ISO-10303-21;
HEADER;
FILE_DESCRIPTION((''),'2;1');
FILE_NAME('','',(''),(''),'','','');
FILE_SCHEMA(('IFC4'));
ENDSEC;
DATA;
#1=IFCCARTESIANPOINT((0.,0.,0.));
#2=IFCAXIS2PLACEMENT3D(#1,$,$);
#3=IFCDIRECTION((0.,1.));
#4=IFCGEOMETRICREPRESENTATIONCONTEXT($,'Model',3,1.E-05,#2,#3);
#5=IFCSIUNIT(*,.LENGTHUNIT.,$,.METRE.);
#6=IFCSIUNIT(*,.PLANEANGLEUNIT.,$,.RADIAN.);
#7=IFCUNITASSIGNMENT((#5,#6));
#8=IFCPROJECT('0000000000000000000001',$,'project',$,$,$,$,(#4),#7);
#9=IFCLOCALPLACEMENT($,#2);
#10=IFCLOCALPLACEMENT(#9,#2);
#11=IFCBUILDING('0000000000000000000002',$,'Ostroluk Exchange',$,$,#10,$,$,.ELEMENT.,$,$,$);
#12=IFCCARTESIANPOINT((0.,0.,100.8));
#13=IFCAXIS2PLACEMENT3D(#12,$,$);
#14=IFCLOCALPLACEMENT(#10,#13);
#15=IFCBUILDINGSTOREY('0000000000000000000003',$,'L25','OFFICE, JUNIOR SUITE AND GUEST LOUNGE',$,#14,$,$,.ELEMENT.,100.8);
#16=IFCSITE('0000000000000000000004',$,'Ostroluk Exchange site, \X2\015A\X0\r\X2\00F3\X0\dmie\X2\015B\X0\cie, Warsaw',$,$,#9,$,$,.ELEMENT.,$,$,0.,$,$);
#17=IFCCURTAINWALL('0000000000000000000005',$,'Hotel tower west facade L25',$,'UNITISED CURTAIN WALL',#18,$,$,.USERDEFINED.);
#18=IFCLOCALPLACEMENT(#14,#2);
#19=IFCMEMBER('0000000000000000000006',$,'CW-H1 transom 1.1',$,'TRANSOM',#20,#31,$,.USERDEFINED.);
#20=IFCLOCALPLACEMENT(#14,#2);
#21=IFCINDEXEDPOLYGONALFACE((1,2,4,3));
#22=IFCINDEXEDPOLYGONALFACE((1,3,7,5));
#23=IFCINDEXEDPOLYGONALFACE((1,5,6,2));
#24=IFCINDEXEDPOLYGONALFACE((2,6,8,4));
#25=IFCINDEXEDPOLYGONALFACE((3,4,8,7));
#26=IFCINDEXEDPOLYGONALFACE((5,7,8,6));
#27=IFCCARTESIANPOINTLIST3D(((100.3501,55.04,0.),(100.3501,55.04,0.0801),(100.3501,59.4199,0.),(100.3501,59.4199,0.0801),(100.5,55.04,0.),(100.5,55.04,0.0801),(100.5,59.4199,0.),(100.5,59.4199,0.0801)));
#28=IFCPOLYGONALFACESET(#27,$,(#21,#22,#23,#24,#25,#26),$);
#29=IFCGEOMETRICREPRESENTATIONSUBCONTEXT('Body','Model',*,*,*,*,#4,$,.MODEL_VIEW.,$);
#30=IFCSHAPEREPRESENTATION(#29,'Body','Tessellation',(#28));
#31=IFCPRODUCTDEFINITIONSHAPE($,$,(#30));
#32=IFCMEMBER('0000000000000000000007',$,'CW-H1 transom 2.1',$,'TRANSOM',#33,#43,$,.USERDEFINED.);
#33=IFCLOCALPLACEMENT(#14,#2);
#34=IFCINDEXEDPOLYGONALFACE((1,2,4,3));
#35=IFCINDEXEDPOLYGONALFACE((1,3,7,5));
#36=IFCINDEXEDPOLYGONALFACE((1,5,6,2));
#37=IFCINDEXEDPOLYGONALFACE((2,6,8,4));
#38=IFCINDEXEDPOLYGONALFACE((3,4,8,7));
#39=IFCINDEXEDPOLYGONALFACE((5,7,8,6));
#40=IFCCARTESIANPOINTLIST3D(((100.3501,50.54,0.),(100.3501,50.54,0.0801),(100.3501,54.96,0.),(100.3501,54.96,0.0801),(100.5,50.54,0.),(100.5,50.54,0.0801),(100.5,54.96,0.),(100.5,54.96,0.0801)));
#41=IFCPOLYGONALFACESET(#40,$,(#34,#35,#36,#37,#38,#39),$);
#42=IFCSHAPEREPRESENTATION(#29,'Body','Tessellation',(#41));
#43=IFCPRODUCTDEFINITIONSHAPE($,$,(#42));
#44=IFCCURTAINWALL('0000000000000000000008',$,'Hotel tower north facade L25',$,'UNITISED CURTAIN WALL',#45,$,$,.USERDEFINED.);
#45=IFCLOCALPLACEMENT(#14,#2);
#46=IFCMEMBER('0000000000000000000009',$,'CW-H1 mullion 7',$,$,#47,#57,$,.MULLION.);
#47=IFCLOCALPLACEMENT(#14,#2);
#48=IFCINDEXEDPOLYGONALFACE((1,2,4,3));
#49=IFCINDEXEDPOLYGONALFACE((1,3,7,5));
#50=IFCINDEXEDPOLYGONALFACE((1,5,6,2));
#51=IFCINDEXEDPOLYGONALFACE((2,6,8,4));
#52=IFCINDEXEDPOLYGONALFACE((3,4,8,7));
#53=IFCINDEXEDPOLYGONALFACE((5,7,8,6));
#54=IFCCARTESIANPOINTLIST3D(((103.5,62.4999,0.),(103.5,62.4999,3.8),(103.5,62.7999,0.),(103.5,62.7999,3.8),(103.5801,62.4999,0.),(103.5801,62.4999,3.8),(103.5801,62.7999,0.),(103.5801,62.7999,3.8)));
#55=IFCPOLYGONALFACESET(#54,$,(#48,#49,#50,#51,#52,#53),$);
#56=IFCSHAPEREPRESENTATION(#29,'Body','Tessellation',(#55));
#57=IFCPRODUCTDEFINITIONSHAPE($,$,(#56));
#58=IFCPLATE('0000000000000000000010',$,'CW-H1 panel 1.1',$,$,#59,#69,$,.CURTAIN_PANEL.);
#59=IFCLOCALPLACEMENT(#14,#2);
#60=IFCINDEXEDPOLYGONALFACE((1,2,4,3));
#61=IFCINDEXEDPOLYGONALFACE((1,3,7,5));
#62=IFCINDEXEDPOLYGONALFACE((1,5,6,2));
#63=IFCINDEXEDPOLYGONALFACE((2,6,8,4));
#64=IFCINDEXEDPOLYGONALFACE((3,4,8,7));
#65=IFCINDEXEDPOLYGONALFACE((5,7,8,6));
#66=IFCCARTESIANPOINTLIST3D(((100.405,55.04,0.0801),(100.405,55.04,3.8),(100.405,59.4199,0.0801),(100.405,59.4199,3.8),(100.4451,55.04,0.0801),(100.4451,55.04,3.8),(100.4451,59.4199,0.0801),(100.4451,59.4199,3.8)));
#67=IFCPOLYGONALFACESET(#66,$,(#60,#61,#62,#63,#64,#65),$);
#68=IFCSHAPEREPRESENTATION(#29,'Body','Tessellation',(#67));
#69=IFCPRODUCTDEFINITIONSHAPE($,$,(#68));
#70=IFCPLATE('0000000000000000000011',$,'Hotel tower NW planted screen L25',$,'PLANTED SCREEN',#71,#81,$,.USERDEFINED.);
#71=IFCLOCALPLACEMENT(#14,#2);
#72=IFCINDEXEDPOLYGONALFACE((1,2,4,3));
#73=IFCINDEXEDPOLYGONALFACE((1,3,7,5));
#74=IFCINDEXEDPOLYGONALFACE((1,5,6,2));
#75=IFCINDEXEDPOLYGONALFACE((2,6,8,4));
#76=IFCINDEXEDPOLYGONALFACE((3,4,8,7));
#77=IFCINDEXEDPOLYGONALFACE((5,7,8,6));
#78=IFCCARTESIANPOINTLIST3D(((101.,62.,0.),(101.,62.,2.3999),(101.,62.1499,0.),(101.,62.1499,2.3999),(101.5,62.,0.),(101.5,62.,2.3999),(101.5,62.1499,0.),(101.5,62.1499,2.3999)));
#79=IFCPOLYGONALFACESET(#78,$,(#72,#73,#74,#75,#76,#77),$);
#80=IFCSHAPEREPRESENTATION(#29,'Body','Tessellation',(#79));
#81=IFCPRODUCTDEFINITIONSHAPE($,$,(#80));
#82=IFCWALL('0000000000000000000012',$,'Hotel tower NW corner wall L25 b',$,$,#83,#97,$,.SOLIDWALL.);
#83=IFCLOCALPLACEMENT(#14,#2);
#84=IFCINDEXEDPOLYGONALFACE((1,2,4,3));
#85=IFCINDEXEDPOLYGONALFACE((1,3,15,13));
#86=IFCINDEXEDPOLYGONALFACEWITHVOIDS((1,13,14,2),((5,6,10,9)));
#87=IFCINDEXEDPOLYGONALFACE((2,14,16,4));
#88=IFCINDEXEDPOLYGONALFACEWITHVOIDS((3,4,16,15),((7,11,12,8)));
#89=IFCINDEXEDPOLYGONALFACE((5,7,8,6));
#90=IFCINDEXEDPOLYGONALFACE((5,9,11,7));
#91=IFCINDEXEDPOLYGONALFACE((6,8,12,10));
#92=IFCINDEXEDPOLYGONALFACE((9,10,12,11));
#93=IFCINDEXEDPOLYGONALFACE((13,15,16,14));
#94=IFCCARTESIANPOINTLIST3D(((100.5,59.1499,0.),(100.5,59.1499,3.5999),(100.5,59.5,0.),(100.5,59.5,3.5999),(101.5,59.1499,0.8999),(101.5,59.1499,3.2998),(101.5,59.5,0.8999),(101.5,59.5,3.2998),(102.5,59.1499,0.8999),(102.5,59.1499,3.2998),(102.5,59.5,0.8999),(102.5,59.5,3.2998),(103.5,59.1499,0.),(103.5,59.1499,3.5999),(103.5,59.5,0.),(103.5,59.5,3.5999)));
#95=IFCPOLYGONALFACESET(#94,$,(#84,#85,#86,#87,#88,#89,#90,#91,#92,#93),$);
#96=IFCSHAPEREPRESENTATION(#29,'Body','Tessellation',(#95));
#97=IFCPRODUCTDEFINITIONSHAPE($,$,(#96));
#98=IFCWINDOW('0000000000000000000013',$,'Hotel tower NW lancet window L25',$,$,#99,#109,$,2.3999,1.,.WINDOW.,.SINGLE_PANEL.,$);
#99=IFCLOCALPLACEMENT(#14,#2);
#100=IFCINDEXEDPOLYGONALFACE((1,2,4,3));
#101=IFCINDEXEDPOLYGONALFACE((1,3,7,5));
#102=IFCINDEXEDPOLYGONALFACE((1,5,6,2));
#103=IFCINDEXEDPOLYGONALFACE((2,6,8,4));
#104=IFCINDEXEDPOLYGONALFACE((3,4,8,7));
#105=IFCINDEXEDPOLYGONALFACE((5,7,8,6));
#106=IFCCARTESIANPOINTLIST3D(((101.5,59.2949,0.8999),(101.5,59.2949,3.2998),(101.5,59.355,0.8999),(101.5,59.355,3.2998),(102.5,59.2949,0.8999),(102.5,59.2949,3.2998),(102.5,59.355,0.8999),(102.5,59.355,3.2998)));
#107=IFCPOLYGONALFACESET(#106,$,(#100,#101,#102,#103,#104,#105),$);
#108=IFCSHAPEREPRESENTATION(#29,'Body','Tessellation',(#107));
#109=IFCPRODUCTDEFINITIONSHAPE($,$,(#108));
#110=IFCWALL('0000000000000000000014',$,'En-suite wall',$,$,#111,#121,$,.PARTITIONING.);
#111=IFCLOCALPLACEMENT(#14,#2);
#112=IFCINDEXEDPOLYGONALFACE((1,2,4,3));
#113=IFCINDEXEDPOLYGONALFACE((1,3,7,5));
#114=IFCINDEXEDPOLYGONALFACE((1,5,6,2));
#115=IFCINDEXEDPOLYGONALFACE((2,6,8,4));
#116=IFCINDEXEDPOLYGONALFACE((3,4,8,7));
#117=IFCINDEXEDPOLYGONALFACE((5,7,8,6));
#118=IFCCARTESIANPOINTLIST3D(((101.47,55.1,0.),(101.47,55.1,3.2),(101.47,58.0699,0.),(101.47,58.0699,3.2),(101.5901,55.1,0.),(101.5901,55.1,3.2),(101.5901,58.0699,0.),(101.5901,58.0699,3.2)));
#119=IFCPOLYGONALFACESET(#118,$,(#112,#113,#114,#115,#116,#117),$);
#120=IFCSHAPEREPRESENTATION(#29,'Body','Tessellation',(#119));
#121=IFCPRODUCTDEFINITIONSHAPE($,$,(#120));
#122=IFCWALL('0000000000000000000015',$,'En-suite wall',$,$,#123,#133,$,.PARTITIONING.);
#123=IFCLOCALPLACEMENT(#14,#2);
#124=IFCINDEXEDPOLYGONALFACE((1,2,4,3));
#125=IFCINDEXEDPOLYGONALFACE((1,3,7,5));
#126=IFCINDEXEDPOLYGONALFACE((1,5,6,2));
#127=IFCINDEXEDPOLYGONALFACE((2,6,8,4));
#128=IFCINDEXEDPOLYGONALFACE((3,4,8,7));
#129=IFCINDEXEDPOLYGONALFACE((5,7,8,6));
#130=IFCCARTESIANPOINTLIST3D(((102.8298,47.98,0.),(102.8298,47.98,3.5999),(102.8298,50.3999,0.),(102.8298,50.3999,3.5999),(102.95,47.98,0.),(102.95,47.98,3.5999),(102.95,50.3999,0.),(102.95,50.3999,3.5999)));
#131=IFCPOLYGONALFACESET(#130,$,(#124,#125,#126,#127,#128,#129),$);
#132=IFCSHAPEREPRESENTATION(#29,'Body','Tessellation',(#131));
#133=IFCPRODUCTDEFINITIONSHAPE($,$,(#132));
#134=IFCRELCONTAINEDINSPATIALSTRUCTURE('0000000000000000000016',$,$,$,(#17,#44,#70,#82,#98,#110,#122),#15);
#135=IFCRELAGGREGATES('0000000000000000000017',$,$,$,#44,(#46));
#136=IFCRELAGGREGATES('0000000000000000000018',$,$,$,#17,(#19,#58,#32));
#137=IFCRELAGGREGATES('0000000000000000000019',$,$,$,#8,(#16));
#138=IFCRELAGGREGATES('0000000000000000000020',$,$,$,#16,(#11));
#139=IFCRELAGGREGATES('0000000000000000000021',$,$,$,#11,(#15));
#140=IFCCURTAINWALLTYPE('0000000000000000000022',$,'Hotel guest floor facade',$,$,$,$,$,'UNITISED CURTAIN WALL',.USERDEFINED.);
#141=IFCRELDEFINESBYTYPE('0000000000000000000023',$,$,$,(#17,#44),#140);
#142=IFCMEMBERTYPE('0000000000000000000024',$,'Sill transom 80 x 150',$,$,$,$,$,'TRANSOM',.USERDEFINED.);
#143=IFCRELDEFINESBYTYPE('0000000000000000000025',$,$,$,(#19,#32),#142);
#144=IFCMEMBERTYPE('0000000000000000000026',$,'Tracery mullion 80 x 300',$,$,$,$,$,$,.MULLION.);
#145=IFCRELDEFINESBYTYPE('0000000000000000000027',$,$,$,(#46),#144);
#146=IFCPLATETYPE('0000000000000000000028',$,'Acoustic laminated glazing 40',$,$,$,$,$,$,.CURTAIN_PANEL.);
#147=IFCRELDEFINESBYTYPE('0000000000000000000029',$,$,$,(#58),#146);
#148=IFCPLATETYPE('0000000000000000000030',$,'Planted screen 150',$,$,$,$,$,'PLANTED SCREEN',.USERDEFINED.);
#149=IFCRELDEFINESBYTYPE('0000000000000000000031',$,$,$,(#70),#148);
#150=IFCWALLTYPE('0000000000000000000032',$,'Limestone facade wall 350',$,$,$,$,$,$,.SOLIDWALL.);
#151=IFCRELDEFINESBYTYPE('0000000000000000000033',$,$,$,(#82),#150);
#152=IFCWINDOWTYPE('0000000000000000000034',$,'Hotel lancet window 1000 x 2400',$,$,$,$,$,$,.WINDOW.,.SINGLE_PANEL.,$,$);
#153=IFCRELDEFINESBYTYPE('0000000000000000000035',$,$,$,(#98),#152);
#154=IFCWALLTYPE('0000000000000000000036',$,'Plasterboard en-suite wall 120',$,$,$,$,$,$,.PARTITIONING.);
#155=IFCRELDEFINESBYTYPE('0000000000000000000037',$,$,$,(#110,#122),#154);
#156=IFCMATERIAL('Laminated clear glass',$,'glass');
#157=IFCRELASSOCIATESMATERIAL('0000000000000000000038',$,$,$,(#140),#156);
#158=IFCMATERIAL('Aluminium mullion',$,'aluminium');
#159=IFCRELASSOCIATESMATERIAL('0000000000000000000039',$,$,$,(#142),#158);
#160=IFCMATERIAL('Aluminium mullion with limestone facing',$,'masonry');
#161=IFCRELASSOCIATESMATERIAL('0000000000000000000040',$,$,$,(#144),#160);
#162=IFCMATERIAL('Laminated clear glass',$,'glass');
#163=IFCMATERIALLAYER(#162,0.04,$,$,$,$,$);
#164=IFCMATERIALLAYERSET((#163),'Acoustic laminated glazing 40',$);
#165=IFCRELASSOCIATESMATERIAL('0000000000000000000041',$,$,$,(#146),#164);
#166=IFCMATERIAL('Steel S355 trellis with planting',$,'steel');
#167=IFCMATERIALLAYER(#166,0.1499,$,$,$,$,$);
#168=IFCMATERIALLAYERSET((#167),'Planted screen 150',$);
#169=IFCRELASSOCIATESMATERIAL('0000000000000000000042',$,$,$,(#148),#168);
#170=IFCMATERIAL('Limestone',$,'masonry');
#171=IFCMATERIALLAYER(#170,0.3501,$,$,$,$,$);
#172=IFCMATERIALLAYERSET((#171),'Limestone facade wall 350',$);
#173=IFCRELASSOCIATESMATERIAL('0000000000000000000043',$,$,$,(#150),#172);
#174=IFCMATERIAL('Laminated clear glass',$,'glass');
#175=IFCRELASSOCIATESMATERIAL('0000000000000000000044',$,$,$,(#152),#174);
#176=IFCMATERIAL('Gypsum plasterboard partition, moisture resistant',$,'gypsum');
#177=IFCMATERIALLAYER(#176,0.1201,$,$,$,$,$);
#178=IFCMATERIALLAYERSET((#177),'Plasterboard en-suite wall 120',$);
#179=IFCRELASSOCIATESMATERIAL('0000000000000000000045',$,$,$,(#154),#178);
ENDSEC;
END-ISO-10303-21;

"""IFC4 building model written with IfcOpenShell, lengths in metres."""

from ifc_helpers import new_model, si_unit, direction, frame, frame_2d, origin, origin_2d, place, context, subcontext, project, spatial, rectangle, extrude, material, layer, layer_set, material_profile, profile_set, type_object, element, fill, aggregate, save


model = new_model("IFC4")

# Units and contexts
model_context = context("Model", 3, precision=1e-05, world=origin(), true_north=direction((0.0, 1.0)))
body_context = subcontext(model_context, "Body", "Model", "MODEL_VIEW")
ifc_project = project(units=[si_unit("LENGTHUNIT", "METRE"), si_unit("PLANEANGLEUNIT", "RADIAN")], contexts=[model_context])

# Site, building, storey
site_placement = place(None, origin())
site = spatial("IfcSite", under=ifc_project, at=site_placement, Name="Ostroluk Exchange site, Śródmieście, Warsaw", CompositionType="ELEMENT", RefElevation=0.0)
building_placement = place(site_placement, origin())
building = spatial("IfcBuilding", under=site, at=building_placement, Name="Ostroluk Exchange", CompositionType="ELEMENT")
storey_placement = place(building_placement, frame((0.0, 0.0, 100.8)))
storey = spatial("IfcBuildingStorey", under=building, at=storey_placement, Name="L25", Description="OFFICE, JUNIOR SUITE AND GUEST LOUNGE", CompositionType="ELEMENT", Elevation=100.8)

# Curtain wall, members
ifc_material_1 = material(Name="Laminated clear glass", Category="glass")
curtain_wall_type = type_object("IfcCurtainWallType", Name="Hotel guest floor facade", ElementType="UNITISED CURTAIN WALL", PredefinedType="USERDEFINED", material=ifc_material_1)
curtain_wall_1_placement = place(storey_placement, origin())
curtain_wall_1 = element("IfcCurtainWall", 1, at=curtain_wall_1_placement, inside=storey, type_object=curtain_wall_type, Name="Hotel tower west facade L25", ObjectType="UNITISED CURTAIN WALL", PredefinedType="USERDEFINED")
ifc_material_2 = material(Name="Aluminium mullion", Category="aluminium")
ifc_material_profile_1 = material_profile(ifc_material_2, rectangle(XDim=0.1499, YDim=0.0801, at=origin_2d()), Name="Sill transom 80 x 150")
ifc_profile_set_1 = profile_set([ifc_material_profile_1], Name="Aluminium mullion")
member_type_1 = type_object("IfcMemberType", Name="Sill transom 80 x 150", ElementType="TRANSOM", PredefinedType="USERDEFINED", material=ifc_profile_set_1)
member_1_placement = place(storey_placement, frame((100.425, 59.4199, 0.04), z_axis=(0.0, -1.0, 0.0), x_axis=(1.0, 0.0, 0.0)))
member_1 = element("IfcMember", 2, at=member_1_placement, type_object=member_type_1, Name="CW-H1 transom 1.1", ObjectType="TRANSOM", PredefinedType="USERDEFINED", context=body_context, shape_type="SweptSolid", body=[
    extrude(rectangle(XDim=0.1499, YDim=0.0801, at=origin_2d()), origin(), (0.0, 0.0, 1.0), 4.3799),
])
member_2_placement = place(storey_placement, frame((100.425, 54.96, 0.04), z_axis=(0.0, -1.0, 0.0), x_axis=(1.0, 0.0, 0.0)))
member_2 = element("IfcMember", 3, at=member_2_placement, type_object=member_type_1, Name="CW-H1 transom 2.1", ObjectType="TRANSOM", PredefinedType="USERDEFINED", context=body_context, shape_type="SweptSolid", body=[
    extrude(rectangle(XDim=0.1499, YDim=0.0801, at=origin_2d()), origin(), (0.0, 0.0, 1.0), 4.4199),
])

# Curtain wall, member
curtain_wall_2_placement = place(storey_placement, origin())
curtain_wall_2 = element("IfcCurtainWall", 4, at=curtain_wall_2_placement, inside=storey, type_object=curtain_wall_type, Name="Hotel tower north facade L25", ObjectType="UNITISED CURTAIN WALL", PredefinedType="USERDEFINED")
ifc_material_3 = material(Name="Aluminium mullion with limestone facing", Category="masonry")
ifc_material_profile_2 = material_profile(ifc_material_3, rectangle(XDim=0.3, YDim=0.0801, at=origin_2d()), Name="Tracery mullion 80 x 300")
ifc_profile_set_2 = profile_set([ifc_material_profile_2], Name="Aluminium mullion with limestone facing")
member_type_2 = type_object("IfcMemberType", Name="Tracery mullion 80 x 300", PredefinedType="MULLION", material=ifc_profile_set_2)
member_3_placement = place(storey_placement, frame((103.54, 62.6499, 0.0), z_axis=(0.0, 0.0, 1.0), x_axis=(0.0, -1.0, 0.0)))
member_3 = element("IfcMember", 5, at=member_3_placement, type_object=member_type_2, Name="CW-H1 mullion 7", PredefinedType="MULLION", context=body_context, shape_type="SweptSolid", body=[
    extrude(rectangle(XDim=0.3, YDim=0.0801, at=origin_2d()), origin(), (0.0, 0.0, 1.0), 3.8),
])
aggregate(curtain_wall_2, [member_3])

# Plates
ifc_material_4 = material(Name="Laminated clear glass", Category="glass")
ifc_layer_1 = layer(ifc_material_4, 0.04)
ifc_layer_set_1 = layer_set([ifc_layer_1], Name="Acoustic laminated glazing 40")
plate_type_1 = type_object("IfcPlateType", Name="Acoustic laminated glazing 40", PredefinedType="CURTAIN_PANEL", material=ifc_layer_set_1)
plate_1_placement = place(storey_placement, frame((100.425, 57.23, 0.0801), z_axis=(0.0, 0.0, 1.0), x_axis=(0.0, -1.0, 0.0)))
plate_1 = element("IfcPlate", 6, at=plate_1_placement, type_object=plate_type_1, Name="CW-H1 panel 1.1", PredefinedType="CURTAIN_PANEL", context=body_context, shape_type="SweptSolid", body=[
    extrude(rectangle(XDim=4.3799, YDim=0.04, at=origin_2d()), origin(), (0.0, 0.0, 1.0), 3.72),
])
aggregate(curtain_wall_1, [member_1, plate_1, member_2])
ifc_material_5 = material(Name="Steel S355 trellis with planting", Category="steel")
ifc_layer_2 = layer(ifc_material_5, 0.1499)
ifc_layer_set_2 = layer_set([ifc_layer_2], Name="Planted screen 150")
plate_type_2 = type_object("IfcPlateType", Name="Planted screen 150", ElementType="PLANTED SCREEN", PredefinedType="USERDEFINED", material=ifc_layer_set_2)
plate_2_placement = place(storey_placement, frame((101.25, 62.075, 0.0), z_axis=(0.0, 0.0, 1.0), x_axis=(1.0, 0.0, 0.0)))
element("IfcPlate", 7, at=plate_2_placement, inside=storey, type_object=plate_type_2, Name="Hotel tower NW planted screen L25", ObjectType="PLANTED SCREEN", PredefinedType="USERDEFINED", context=body_context, shape_type="SweptSolid", body=[
    extrude(rectangle(XDim=0.5, YDim=0.1499, at=origin_2d()), origin(), (0.0, 0.0, 1.0), 2.3999),
])

# Shared definitions
ifc_material_6 = material(Name="Limestone", Category="masonry")
ifc_layer_3 = layer(ifc_material_6, 0.3501)
ifc_layer_set_3 = layer_set([ifc_layer_3], Name="Limestone facade wall 350")
wall_type_1 = type_object("IfcWallType", Name="Limestone facade wall 350", PredefinedType="SOLIDWALL", material=ifc_layer_set_3)

# Wall, opening, window
wall_1_placement = place(storey_placement, frame((103.5, 59.325, 0.0), z_axis=(0.0, 0.0, 1.0), x_axis=(-1.0, 0.0, 0.0)))
wall_1 = element("IfcWall", 8, at=wall_1_placement, inside=storey, type_object=wall_type_1, Name="Hotel tower NW corner wall L25 b", PredefinedType="SOLIDWALL", context=body_context, shape_type="SweptSolid", body=[
    extrude(rectangle(XDim=3.0, YDim=0.3501, at=frame_2d((1.5, 0.0))), origin(), (0.0, 0.0, 1.0), 3.5999),
])
opening_1_placement = place(wall_1_placement, frame((1.0, 0.0, 0.8999)))
opening_1 = element("IfcOpeningElement", 9, at=opening_1_placement, cuts=wall_1, PredefinedType="OPENING", context=body_context, shape_type="SweptSolid", body=[
    extrude(rectangle(XDim=1.0, YDim=2.3999, at=frame_2d((0.5, 1.2))), frame((0.0, 0.1851, 0.0), z_axis=(0.0, -1.0, 0.0), x_axis=(1.0, 0.0, 0.0)), (0.0, 0.0, 1.0), 0.3701),
])
ifc_material_7 = material(Name="Laminated clear glass", Category="glass")
window_type = type_object("IfcWindowType", Name="Hotel lancet window 1000 x 2400", PartitioningType="SINGLE_PANEL", PredefinedType="WINDOW", material=ifc_material_7)
window_placement = place(opening_1_placement, origin())
window = element("IfcWindow", 10, at=window_placement, inside=storey, type_object=window_type, Name="Hotel tower NW lancet window L25", OverallHeight=2.3999, OverallWidth=1.0, PartitioningType="SINGLE_PANEL", PredefinedType="WINDOW", context=body_context, shape_type="SweptSolid", body=[
    extrude(rectangle(XDim=1.0, YDim=2.3999, at=frame_2d((0.5, 1.2))), frame((0.0, 0.03, 0.0), z_axis=(0.0, -1.0, 0.0), x_axis=(1.0, 0.0, 0.0)), (0.0, 0.0, 1.0), 0.0601),
])
fill(opening_1, window)

# Walls
ifc_material_8 = material(Name="Gypsum plasterboard partition, moisture resistant", Category="gypsum")
ifc_layer_4 = layer(ifc_material_8, 0.1201)
ifc_layer_set_4 = layer_set([ifc_layer_4], Name="Plasterboard en-suite wall 120")
wall_type_2 = type_object("IfcWallType", Name="Plasterboard en-suite wall 120", PredefinedType="PARTITIONING", material=ifc_layer_set_4)
wall_2_placement = place(storey_placement, frame((101.53, 55.1001, 0.0), z_axis=(0.0, 0.0, 1.0), x_axis=(0.0, 1.0, 0.0)))
element("IfcWall", 11, at=wall_2_placement, inside=storey, type_object=wall_type_2, Name="En-suite wall", PredefinedType="PARTITIONING", context=body_context, shape_type="SweptSolid", body=[
    extrude(rectangle(XDim=2.97, YDim=0.1201, at=frame_2d((1.4849, 0.0))), origin(), (0.0, 0.0, 1.0), 3.2),
])
wall_3_placement = place(storey_placement, frame((102.8899, 50.3999, 0.0), z_axis=(0.0, 0.0, 1.0), x_axis=(0.0, -1.0, 0.0)))
element("IfcWall", 12, at=wall_3_placement, inside=storey, type_object=wall_type_2, Name="En-suite wall", PredefinedType="PARTITIONING", context=body_context, shape_type="SweptSolid", body=[
    extrude(rectangle(XDim=2.4199, YDim=0.1201, at=frame_2d((1.21, 0.0))), origin(), (0.0, 0.0, 1.0), 3.5999),
])

save(model, "model.ifc")
